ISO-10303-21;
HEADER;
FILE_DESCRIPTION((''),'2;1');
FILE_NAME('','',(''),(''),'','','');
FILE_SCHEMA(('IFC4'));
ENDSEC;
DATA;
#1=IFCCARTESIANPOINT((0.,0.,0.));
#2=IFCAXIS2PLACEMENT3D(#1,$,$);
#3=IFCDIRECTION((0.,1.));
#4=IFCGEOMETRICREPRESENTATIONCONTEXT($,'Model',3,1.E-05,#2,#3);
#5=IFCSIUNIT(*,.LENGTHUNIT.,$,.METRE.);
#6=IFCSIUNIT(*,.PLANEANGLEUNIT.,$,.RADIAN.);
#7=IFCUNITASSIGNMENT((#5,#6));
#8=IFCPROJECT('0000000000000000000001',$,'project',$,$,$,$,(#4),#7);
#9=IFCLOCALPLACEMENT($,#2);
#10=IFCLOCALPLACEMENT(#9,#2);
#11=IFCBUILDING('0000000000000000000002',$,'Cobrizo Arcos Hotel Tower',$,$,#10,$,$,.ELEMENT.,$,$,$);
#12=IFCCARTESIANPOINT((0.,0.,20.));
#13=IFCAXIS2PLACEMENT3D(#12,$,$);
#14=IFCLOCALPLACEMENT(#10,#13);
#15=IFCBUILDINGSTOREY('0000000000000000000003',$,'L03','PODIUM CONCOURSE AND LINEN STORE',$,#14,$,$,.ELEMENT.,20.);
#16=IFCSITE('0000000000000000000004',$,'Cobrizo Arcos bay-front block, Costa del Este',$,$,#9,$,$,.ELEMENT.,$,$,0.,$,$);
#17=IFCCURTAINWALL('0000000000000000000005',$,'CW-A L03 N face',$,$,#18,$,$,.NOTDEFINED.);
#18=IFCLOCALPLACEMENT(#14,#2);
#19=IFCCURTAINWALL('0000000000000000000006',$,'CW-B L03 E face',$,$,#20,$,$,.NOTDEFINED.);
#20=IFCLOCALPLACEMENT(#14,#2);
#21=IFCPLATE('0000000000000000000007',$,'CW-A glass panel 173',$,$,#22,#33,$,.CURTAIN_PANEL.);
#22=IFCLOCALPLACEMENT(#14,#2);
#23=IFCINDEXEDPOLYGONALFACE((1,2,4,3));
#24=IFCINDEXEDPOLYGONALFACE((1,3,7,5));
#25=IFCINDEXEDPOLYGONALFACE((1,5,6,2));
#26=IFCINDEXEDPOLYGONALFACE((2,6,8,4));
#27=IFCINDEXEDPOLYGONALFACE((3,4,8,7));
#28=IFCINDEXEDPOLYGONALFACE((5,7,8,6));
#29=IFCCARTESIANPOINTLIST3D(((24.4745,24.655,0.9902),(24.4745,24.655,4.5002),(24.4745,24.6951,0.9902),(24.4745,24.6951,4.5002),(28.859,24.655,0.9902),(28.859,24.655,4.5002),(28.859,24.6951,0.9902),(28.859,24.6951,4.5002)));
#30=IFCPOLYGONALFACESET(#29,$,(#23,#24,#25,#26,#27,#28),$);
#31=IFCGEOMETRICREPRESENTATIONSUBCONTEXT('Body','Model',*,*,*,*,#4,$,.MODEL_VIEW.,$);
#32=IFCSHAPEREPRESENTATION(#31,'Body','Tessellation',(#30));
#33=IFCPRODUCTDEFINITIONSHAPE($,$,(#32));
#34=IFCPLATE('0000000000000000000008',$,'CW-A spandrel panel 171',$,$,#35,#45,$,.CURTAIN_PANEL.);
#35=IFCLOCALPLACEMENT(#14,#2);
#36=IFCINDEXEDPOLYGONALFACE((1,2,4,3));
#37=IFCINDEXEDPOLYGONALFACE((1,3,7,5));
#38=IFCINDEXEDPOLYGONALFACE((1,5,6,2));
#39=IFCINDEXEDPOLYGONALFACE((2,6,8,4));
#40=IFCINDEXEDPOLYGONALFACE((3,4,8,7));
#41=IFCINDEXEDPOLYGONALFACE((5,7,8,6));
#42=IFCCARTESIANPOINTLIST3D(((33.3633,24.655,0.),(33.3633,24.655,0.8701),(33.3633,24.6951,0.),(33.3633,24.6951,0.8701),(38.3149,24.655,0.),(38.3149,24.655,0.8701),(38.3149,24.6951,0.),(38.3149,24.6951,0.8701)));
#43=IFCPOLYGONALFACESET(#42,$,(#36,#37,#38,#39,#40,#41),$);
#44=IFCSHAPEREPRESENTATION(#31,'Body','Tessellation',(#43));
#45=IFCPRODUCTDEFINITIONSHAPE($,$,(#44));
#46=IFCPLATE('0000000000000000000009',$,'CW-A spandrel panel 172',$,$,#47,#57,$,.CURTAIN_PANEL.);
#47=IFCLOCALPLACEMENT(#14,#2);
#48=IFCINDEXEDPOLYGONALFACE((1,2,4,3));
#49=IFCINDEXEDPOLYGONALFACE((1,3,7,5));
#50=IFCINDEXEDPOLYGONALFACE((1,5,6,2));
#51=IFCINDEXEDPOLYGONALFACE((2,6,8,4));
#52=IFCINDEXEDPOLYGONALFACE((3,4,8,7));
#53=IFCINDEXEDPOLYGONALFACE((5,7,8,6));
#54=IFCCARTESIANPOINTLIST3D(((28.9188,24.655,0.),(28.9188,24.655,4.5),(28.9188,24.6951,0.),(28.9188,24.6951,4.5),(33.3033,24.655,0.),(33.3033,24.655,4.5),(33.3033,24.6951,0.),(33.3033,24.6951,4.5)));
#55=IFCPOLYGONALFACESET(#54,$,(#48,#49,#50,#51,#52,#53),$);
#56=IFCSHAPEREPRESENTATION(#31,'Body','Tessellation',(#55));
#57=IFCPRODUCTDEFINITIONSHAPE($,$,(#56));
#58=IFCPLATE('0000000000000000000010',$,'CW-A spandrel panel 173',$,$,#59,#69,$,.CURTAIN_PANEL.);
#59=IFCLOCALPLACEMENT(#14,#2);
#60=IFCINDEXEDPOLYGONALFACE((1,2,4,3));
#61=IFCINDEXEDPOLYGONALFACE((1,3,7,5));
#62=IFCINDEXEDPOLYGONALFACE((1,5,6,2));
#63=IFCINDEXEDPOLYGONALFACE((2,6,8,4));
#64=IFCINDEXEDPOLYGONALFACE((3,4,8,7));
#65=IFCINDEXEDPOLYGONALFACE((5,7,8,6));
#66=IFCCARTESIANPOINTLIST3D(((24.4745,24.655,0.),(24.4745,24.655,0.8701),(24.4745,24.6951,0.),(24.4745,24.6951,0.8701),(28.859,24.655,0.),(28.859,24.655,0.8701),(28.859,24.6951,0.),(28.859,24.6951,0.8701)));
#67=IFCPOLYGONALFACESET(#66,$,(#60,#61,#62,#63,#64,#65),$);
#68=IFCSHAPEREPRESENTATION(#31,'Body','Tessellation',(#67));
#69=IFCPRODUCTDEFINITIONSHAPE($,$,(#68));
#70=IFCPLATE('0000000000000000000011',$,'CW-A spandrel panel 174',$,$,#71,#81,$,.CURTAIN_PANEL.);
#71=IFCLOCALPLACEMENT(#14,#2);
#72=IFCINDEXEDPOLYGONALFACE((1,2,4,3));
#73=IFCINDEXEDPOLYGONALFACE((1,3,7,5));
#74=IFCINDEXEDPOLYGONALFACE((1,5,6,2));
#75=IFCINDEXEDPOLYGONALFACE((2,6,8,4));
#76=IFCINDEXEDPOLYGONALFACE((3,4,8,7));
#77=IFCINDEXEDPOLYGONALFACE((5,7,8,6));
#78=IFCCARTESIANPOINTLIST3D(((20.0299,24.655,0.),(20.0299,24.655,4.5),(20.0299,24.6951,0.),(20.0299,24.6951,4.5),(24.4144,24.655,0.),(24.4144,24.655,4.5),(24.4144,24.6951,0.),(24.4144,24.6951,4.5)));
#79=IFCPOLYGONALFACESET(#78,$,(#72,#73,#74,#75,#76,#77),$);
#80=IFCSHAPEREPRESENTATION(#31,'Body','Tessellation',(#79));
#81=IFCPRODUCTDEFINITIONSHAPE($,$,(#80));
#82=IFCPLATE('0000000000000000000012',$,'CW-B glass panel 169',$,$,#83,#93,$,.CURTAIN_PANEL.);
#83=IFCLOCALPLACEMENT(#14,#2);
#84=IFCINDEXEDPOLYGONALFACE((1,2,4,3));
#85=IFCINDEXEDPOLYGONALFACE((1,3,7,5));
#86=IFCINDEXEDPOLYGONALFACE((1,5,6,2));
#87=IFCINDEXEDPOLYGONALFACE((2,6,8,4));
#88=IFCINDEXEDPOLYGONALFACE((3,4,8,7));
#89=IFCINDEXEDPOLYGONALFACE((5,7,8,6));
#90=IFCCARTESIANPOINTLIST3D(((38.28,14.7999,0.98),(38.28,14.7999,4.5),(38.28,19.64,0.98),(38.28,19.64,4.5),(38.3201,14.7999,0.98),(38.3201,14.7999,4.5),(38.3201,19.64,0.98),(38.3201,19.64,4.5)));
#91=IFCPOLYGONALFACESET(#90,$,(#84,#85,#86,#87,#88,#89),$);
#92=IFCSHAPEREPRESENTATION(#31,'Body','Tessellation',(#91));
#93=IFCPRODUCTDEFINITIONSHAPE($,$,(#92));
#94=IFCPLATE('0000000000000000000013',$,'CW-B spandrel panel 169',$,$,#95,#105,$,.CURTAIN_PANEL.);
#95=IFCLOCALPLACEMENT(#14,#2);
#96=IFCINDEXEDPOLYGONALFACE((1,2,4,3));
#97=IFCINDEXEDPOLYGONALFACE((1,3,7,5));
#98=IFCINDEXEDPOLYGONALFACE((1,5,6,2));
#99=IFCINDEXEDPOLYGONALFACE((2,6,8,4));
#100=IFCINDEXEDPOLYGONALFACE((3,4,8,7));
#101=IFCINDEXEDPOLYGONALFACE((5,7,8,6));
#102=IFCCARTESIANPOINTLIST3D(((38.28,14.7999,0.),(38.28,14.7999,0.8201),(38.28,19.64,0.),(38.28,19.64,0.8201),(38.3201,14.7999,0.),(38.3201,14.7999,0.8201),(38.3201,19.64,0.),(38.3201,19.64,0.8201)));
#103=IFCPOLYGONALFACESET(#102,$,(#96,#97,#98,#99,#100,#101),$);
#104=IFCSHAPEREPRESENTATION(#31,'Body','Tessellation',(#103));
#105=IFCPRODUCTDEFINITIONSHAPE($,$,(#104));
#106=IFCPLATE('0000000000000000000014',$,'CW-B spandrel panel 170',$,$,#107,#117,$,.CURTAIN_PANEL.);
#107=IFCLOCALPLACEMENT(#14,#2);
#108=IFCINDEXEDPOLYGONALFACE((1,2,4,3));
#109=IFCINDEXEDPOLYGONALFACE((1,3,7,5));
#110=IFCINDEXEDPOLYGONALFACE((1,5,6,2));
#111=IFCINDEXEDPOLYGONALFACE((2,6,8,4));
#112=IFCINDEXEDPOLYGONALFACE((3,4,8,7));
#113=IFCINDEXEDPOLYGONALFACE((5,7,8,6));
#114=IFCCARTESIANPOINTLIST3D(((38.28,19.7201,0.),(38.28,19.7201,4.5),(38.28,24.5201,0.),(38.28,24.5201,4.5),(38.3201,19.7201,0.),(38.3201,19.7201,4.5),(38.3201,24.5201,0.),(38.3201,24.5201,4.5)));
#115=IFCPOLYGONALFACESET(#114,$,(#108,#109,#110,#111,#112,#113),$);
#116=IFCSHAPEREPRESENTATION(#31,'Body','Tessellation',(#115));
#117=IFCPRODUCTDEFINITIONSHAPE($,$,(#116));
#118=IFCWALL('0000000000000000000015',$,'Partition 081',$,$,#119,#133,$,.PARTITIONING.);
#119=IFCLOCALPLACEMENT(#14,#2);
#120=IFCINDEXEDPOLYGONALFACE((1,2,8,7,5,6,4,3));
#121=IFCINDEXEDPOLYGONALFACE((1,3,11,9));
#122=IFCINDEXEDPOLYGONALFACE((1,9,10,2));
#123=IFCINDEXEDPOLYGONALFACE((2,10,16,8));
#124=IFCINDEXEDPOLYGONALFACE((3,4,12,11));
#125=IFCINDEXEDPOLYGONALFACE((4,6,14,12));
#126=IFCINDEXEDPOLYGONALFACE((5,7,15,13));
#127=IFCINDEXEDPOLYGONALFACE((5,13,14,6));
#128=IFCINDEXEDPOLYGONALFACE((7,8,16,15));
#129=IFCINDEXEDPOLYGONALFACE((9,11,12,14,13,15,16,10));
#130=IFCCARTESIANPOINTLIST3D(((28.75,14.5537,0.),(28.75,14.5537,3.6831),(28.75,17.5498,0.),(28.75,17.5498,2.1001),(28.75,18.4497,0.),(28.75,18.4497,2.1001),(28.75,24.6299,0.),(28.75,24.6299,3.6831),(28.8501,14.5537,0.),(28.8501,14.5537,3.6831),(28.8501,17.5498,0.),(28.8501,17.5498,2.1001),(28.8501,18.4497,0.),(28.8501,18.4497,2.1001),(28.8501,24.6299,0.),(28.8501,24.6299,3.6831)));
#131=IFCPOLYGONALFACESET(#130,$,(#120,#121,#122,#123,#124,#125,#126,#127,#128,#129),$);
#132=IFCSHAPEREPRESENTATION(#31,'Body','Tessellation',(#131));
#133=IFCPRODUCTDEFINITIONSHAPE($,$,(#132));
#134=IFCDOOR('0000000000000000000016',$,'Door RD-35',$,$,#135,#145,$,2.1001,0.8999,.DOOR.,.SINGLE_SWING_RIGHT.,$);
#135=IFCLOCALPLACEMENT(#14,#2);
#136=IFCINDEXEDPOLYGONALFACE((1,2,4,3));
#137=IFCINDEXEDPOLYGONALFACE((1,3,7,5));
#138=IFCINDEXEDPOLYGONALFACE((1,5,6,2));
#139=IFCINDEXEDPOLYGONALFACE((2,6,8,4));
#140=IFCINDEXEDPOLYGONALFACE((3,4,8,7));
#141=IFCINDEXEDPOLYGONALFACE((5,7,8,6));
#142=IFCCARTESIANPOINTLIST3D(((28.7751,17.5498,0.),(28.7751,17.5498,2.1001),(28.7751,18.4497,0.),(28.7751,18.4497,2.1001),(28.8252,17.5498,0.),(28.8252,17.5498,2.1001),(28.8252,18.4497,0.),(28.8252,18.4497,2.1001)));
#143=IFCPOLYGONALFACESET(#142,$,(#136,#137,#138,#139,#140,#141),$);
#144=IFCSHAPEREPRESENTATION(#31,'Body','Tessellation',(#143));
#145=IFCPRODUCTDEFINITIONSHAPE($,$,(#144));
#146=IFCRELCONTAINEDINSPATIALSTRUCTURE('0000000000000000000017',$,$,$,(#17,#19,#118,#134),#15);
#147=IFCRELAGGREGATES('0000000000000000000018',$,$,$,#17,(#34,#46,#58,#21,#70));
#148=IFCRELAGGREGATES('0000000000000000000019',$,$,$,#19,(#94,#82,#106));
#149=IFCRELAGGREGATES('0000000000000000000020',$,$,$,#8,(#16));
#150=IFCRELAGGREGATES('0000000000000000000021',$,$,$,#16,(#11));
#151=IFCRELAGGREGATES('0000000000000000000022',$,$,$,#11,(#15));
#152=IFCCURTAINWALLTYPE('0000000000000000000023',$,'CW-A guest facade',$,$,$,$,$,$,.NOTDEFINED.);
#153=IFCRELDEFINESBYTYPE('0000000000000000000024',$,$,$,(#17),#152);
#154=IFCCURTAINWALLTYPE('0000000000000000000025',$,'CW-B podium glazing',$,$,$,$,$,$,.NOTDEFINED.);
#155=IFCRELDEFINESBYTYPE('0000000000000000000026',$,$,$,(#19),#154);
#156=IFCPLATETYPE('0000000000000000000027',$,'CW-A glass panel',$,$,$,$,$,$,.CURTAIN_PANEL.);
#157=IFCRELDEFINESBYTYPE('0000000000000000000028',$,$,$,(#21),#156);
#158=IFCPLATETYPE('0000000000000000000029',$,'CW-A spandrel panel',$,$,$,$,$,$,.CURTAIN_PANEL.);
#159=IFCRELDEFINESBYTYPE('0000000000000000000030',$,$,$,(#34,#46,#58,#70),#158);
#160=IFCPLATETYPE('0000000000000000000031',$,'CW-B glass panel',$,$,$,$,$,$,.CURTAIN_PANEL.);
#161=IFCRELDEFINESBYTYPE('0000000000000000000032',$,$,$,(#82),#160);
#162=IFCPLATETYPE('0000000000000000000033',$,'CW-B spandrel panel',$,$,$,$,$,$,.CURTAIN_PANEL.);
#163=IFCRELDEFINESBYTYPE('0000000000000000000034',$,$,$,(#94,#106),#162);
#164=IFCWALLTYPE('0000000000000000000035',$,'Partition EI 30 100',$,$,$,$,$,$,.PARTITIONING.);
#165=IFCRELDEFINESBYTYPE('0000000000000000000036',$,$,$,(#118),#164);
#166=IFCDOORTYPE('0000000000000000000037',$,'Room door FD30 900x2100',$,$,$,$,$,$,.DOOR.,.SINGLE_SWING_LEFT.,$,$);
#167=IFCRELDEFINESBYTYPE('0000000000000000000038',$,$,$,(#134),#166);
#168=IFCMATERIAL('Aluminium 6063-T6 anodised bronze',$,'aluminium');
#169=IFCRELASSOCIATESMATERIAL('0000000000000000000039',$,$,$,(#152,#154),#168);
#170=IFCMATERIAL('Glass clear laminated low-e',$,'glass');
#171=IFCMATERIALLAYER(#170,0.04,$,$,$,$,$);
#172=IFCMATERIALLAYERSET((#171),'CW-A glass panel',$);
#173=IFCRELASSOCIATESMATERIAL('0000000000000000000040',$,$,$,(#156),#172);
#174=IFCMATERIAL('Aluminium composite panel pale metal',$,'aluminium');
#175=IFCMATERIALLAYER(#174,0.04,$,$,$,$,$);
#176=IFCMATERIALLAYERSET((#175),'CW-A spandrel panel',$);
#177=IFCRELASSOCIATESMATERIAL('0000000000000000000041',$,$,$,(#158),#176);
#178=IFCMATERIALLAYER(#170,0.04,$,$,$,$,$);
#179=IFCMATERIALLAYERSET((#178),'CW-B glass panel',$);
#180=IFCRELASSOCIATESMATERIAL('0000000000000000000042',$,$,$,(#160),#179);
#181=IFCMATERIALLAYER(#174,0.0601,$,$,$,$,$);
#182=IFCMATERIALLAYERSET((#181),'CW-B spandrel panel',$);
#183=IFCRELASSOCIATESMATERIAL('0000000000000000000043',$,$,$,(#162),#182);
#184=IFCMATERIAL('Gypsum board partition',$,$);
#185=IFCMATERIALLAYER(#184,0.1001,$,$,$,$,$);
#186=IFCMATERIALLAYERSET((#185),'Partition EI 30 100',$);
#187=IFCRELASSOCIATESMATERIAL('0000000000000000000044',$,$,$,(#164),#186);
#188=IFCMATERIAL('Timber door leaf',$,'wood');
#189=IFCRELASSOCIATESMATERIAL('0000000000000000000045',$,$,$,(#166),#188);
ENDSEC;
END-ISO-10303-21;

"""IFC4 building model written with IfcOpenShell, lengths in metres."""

from ifc_helpers import new_model, si_unit, direction, frame, frame_2d, origin, origin_2d, place, context, subcontext, project, spatial, rectangle, extrude, material, layer, layer_set, type_object, element, fill, aggregate, save


model = new_model("IFC4")

# Units and contexts
model_context = context("Model", 3, precision=1e-05, world=origin(), true_north=direction((0.0, 1.0)))
body_context = subcontext(model_context, "Body", "Model", "MODEL_VIEW")
ifc_project = project(units=[si_unit("LENGTHUNIT", "METRE"), si_unit("PLANEANGLEUNIT", "RADIAN")], contexts=[model_context])

# Site, building, storey
site_placement = place(None, origin())
site = spatial("IfcSite", under=ifc_project, at=site_placement, Name="Cobrizo Arcos bay-front block, Costa del Este", CompositionType="ELEMENT", RefElevation=0.0)
building_placement = place(site_placement, origin())
building = spatial("IfcBuilding", under=site, at=building_placement, Name="Cobrizo Arcos Hotel Tower", CompositionType="ELEMENT")
storey_placement = place(building_placement, frame((0.0, 0.0, 20.0)))
storey = spatial("IfcBuildingStorey", under=building, at=storey_placement, Name="L03", Description="PODIUM CONCOURSE AND LINEN STORE", CompositionType="ELEMENT", Elevation=20.0)

# Curtain walls
ifc_material_1 = material(Name="Aluminium 6063-T6 anodised bronze", Category="aluminium")
curtain_wall_type_1 = type_object("IfcCurtainWallType", Name="CW-A guest facade", PredefinedType="NOTDEFINED", material=ifc_material_1)
curtain_wall_1_placement = place(storey_placement, origin())
curtain_wall_1 = element("IfcCurtainWall", 1, at=curtain_wall_1_placement, inside=storey, type_object=curtain_wall_type_1, Name="CW-A L03 N face", PredefinedType="NOTDEFINED")
curtain_wall_type_2 = type_object("IfcCurtainWallType", Name="CW-B podium glazing", PredefinedType="NOTDEFINED", material=ifc_material_1)
curtain_wall_2_placement = place(storey_placement, origin())
curtain_wall_2 = element("IfcCurtainWall", 2, at=curtain_wall_2_placement, inside=storey, type_object=curtain_wall_type_2, Name="CW-B L03 E face", PredefinedType="NOTDEFINED")

# Plates
ifc_material_2 = material(Name="Glass clear laminated low-e", Category="glass")
ifc_layer_1 = layer(ifc_material_2, 0.04)
ifc_layer_set_1 = layer_set([ifc_layer_1], Name="CW-A glass panel")
plate_type_1 = type_object("IfcPlateType", Name="CW-A glass panel", PredefinedType="CURTAIN_PANEL", material=ifc_layer_set_1)
plate_1_placement = place(storey_placement, frame((26.6667, 24.675, 0.9902), z_axis=(0.0, 0.0, 1.0), x_axis=(-1.0, 0.0, 0.0)))
plate_1 = element("IfcPlate", 3, at=plate_1_placement, type_object=plate_type_1, Name="CW-A glass panel 173", PredefinedType="CURTAIN_PANEL", context=body_context, shape_type="SweptSolid", body=[
    extrude(rectangle(XDim=4.3845, YDim=0.04, at=origin_2d()), origin(), (0.0, 0.0, 1.0), 3.51),
])
ifc_material_3 = material(Name="Aluminium composite panel pale metal", Category="aluminium")
ifc_layer_2 = layer(ifc_material_3, 0.04)
ifc_layer_set_2 = layer_set([ifc_layer_2], Name="CW-A spandrel panel")
plate_type_2 = type_object("IfcPlateType", Name="CW-A spandrel panel", PredefinedType="CURTAIN_PANEL", material=ifc_layer_set_2)
plate_2_placement = place(storey_placement, frame((35.8391, 24.675, 0.0), z_axis=(0.0, 0.0, 1.0), x_axis=(-1.0, 0.0, 0.0)))
plate_2 = element("IfcPlate", 4, at=plate_2_placement, type_object=plate_type_2, Name="CW-A spandrel panel 171", PredefinedType="CURTAIN_PANEL", context=body_context, shape_type="SweptSolid", body=[
    extrude(rectangle(XDim=4.9517, YDim=0.04, at=origin_2d()), origin(), (0.0, 0.0, 1.0), 0.8701),
])
plate_3_placement = place(storey_placement, frame((31.1111, 24.675, 0.0), z_axis=(0.0, 0.0, 1.0), x_axis=(-1.0, 0.0, 0.0)))
plate_3 = element("IfcPlate", 5, at=plate_3_placement, type_object=plate_type_2, Name="CW-A spandrel panel 172", PredefinedType="CURTAIN_PANEL", context=body_context, shape_type="SweptSolid", body=[
    extrude(rectangle(XDim=4.3845, YDim=0.04, at=origin_2d()), origin(), (0.0, 0.0, 1.0), 4.5),
])
plate_4_placement = place(storey_placement, frame((26.6667, 24.675, 0.0), z_axis=(0.0, 0.0, 1.0), x_axis=(-1.0, 0.0, 0.0)))
plate_4 = element("IfcPlate", 6, at=plate_4_placement, type_object=plate_type_2, Name="CW-A spandrel panel 173", PredefinedType="CURTAIN_PANEL", context=body_context, shape_type="SweptSolid", body=[
    extrude(rectangle(XDim=4.3845, YDim=0.04, at=origin_2d()), origin(), (0.0, 0.0, 1.0), 0.8701),
])
plate_5_placement = place(storey_placement, frame((22.2222, 24.675, 0.0), z_axis=(0.0, 0.0, 1.0), x_axis=(-1.0, 0.0, 0.0)))
plate_5 = element("IfcPlate", 7, at=plate_5_placement, type_object=plate_type_2, Name="CW-A spandrel panel 174", PredefinedType="CURTAIN_PANEL", context=body_context, shape_type="SweptSolid", body=[
    extrude(rectangle(XDim=4.3845, YDim=0.04, at=origin_2d()), origin(), (0.0, 0.0, 1.0), 4.5),
])
aggregate(curtain_wall_1, [plate_2, plate_3, plate_4, plate_1, plate_5])
ifc_layer_3 = layer(ifc_material_2, 0.04)
ifc_layer_set_3 = layer_set([ifc_layer_3], Name="CW-B glass panel")
plate_type_3 = type_object("IfcPlateType", Name="CW-B glass panel", PredefinedType="CURTAIN_PANEL", material=ifc_layer_set_3)
plate_6_placement = place(storey_placement, frame((38.3, 17.22, 0.98), z_axis=(0.0, 0.0, 1.0), x_axis=(0.0, 1.0, 0.0)))
plate_6 = element("IfcPlate", 8, at=plate_6_placement, type_object=plate_type_3, Name="CW-B glass panel 169", PredefinedType="CURTAIN_PANEL", context=body_context, shape_type="SweptSolid", body=[
    extrude(rectangle(XDim=4.8401, YDim=0.04, at=origin_2d()), origin(), (0.0, 0.0, 1.0), 3.52),
])
ifc_layer_4 = layer(ifc_material_3, 0.0601)
ifc_layer_set_4 = layer_set([ifc_layer_4], Name="CW-B spandrel panel")
plate_type_4 = type_object("IfcPlateType", Name="CW-B spandrel panel", PredefinedType="CURTAIN_PANEL", material=ifc_layer_set_4)
plate_7_placement = place(storey_placement, frame((38.3, 17.22, 0.0), z_axis=(0.0, 0.0, 1.0), x_axis=(0.0, 1.0, 0.0)))
plate_7 = element("IfcPlate", 9, at=plate_7_placement, type_object=plate_type_4, Name="CW-B spandrel panel 169", PredefinedType="CURTAIN_PANEL", context=body_context, shape_type="SweptSolid", body=[
    extrude(rectangle(XDim=4.8401, YDim=0.04, at=origin_2d()), origin(), (0.0, 0.0, 1.0), 0.8201),
])
plate_8_placement = place(storey_placement, frame((38.3, 22.1201, 0.0), z_axis=(0.0, 0.0, 1.0), x_axis=(0.0, 1.0, 0.0)))
plate_8 = element("IfcPlate", 10, at=plate_8_placement, type_object=plate_type_4, Name="CW-B spandrel panel 170", PredefinedType="CURTAIN_PANEL", context=body_context, shape_type="SweptSolid", body=[
    extrude(rectangle(XDim=4.8, YDim=0.04, at=origin_2d()), origin(), (0.0, 0.0, 1.0), 4.5),
])
aggregate(curtain_wall_2, [plate_7, plate_6, plate_8])

# Wall, opening, door
ifc_material_4 = material(Name="Gypsum board partition")
ifc_layer_5 = layer(ifc_material_4, 0.1001)
ifc_layer_set_5 = layer_set([ifc_layer_5], Name="Partition EI 30 100")
wall_type = type_object("IfcWallType", Name="Partition EI 30 100", PredefinedType="PARTITIONING", material=ifc_layer_set_5)
wall_placement = place(storey_placement, frame((28.8, 14.5537, 0.0), z_axis=(0.0, 0.0, 1.0), x_axis=(0.0, 1.0, 0.0)))
wall = element("IfcWall", 11, at=wall_placement, inside=storey, type_object=wall_type, Name="Partition 081", PredefinedType="PARTITIONING", context=body_context, shape_type="SweptSolid", body=[
    extrude(rectangle(XDim=10.0762, YDim=0.1001, at=frame_2d((5.0381, 0.0))), origin(), (0.0, 0.0, 1.0), 3.6831),
])
opening_placement = place(wall_placement, frame((2.9961, 0.0, 0.0)))
opening = element("IfcOpeningElement", 12, at=opening_placement, cuts=wall, PredefinedType="OPENING", context=body_context, shape_type="SweptSolid", body=[
    extrude(rectangle(XDim=0.8999, YDim=2.1001, at=frame_2d((0.45, 1.05))), frame((0.0, 0.062, 0.0), z_axis=(0.0, -1.0, 0.0), x_axis=(1.0, 0.0, 0.0)), (0.0, 0.0, 1.0), 0.124),
])
ifc_material_5 = material(Name="Timber door leaf", Category="wood")
door_type = type_object("IfcDoorType", Name="Room door FD30 900x2100", OperationType="SINGLE_SWING_LEFT", PredefinedType="DOOR", material=ifc_material_5)
door_placement = place(opening_placement, origin())
door = element("IfcDoor", 13, at=door_placement, inside=storey, type_object=door_type, Name="Door RD-35", OperationType="SINGLE_SWING_RIGHT", OverallHeight=2.1001, OverallWidth=0.8999, PredefinedType="DOOR", context=body_context, shape_type="SweptSolid", body=[
    extrude(rectangle(XDim=0.8999, YDim=2.1001, at=frame_2d((0.45, 1.05))), frame((0.0, 0.0249, 0.0), z_axis=(0.0, -1.0, 0.0), x_axis=(1.0, 0.0, 0.0)), (0.0, 0.0, 1.0), 0.05),
])
fill(opening, door)

save(model, "model.ifc")
